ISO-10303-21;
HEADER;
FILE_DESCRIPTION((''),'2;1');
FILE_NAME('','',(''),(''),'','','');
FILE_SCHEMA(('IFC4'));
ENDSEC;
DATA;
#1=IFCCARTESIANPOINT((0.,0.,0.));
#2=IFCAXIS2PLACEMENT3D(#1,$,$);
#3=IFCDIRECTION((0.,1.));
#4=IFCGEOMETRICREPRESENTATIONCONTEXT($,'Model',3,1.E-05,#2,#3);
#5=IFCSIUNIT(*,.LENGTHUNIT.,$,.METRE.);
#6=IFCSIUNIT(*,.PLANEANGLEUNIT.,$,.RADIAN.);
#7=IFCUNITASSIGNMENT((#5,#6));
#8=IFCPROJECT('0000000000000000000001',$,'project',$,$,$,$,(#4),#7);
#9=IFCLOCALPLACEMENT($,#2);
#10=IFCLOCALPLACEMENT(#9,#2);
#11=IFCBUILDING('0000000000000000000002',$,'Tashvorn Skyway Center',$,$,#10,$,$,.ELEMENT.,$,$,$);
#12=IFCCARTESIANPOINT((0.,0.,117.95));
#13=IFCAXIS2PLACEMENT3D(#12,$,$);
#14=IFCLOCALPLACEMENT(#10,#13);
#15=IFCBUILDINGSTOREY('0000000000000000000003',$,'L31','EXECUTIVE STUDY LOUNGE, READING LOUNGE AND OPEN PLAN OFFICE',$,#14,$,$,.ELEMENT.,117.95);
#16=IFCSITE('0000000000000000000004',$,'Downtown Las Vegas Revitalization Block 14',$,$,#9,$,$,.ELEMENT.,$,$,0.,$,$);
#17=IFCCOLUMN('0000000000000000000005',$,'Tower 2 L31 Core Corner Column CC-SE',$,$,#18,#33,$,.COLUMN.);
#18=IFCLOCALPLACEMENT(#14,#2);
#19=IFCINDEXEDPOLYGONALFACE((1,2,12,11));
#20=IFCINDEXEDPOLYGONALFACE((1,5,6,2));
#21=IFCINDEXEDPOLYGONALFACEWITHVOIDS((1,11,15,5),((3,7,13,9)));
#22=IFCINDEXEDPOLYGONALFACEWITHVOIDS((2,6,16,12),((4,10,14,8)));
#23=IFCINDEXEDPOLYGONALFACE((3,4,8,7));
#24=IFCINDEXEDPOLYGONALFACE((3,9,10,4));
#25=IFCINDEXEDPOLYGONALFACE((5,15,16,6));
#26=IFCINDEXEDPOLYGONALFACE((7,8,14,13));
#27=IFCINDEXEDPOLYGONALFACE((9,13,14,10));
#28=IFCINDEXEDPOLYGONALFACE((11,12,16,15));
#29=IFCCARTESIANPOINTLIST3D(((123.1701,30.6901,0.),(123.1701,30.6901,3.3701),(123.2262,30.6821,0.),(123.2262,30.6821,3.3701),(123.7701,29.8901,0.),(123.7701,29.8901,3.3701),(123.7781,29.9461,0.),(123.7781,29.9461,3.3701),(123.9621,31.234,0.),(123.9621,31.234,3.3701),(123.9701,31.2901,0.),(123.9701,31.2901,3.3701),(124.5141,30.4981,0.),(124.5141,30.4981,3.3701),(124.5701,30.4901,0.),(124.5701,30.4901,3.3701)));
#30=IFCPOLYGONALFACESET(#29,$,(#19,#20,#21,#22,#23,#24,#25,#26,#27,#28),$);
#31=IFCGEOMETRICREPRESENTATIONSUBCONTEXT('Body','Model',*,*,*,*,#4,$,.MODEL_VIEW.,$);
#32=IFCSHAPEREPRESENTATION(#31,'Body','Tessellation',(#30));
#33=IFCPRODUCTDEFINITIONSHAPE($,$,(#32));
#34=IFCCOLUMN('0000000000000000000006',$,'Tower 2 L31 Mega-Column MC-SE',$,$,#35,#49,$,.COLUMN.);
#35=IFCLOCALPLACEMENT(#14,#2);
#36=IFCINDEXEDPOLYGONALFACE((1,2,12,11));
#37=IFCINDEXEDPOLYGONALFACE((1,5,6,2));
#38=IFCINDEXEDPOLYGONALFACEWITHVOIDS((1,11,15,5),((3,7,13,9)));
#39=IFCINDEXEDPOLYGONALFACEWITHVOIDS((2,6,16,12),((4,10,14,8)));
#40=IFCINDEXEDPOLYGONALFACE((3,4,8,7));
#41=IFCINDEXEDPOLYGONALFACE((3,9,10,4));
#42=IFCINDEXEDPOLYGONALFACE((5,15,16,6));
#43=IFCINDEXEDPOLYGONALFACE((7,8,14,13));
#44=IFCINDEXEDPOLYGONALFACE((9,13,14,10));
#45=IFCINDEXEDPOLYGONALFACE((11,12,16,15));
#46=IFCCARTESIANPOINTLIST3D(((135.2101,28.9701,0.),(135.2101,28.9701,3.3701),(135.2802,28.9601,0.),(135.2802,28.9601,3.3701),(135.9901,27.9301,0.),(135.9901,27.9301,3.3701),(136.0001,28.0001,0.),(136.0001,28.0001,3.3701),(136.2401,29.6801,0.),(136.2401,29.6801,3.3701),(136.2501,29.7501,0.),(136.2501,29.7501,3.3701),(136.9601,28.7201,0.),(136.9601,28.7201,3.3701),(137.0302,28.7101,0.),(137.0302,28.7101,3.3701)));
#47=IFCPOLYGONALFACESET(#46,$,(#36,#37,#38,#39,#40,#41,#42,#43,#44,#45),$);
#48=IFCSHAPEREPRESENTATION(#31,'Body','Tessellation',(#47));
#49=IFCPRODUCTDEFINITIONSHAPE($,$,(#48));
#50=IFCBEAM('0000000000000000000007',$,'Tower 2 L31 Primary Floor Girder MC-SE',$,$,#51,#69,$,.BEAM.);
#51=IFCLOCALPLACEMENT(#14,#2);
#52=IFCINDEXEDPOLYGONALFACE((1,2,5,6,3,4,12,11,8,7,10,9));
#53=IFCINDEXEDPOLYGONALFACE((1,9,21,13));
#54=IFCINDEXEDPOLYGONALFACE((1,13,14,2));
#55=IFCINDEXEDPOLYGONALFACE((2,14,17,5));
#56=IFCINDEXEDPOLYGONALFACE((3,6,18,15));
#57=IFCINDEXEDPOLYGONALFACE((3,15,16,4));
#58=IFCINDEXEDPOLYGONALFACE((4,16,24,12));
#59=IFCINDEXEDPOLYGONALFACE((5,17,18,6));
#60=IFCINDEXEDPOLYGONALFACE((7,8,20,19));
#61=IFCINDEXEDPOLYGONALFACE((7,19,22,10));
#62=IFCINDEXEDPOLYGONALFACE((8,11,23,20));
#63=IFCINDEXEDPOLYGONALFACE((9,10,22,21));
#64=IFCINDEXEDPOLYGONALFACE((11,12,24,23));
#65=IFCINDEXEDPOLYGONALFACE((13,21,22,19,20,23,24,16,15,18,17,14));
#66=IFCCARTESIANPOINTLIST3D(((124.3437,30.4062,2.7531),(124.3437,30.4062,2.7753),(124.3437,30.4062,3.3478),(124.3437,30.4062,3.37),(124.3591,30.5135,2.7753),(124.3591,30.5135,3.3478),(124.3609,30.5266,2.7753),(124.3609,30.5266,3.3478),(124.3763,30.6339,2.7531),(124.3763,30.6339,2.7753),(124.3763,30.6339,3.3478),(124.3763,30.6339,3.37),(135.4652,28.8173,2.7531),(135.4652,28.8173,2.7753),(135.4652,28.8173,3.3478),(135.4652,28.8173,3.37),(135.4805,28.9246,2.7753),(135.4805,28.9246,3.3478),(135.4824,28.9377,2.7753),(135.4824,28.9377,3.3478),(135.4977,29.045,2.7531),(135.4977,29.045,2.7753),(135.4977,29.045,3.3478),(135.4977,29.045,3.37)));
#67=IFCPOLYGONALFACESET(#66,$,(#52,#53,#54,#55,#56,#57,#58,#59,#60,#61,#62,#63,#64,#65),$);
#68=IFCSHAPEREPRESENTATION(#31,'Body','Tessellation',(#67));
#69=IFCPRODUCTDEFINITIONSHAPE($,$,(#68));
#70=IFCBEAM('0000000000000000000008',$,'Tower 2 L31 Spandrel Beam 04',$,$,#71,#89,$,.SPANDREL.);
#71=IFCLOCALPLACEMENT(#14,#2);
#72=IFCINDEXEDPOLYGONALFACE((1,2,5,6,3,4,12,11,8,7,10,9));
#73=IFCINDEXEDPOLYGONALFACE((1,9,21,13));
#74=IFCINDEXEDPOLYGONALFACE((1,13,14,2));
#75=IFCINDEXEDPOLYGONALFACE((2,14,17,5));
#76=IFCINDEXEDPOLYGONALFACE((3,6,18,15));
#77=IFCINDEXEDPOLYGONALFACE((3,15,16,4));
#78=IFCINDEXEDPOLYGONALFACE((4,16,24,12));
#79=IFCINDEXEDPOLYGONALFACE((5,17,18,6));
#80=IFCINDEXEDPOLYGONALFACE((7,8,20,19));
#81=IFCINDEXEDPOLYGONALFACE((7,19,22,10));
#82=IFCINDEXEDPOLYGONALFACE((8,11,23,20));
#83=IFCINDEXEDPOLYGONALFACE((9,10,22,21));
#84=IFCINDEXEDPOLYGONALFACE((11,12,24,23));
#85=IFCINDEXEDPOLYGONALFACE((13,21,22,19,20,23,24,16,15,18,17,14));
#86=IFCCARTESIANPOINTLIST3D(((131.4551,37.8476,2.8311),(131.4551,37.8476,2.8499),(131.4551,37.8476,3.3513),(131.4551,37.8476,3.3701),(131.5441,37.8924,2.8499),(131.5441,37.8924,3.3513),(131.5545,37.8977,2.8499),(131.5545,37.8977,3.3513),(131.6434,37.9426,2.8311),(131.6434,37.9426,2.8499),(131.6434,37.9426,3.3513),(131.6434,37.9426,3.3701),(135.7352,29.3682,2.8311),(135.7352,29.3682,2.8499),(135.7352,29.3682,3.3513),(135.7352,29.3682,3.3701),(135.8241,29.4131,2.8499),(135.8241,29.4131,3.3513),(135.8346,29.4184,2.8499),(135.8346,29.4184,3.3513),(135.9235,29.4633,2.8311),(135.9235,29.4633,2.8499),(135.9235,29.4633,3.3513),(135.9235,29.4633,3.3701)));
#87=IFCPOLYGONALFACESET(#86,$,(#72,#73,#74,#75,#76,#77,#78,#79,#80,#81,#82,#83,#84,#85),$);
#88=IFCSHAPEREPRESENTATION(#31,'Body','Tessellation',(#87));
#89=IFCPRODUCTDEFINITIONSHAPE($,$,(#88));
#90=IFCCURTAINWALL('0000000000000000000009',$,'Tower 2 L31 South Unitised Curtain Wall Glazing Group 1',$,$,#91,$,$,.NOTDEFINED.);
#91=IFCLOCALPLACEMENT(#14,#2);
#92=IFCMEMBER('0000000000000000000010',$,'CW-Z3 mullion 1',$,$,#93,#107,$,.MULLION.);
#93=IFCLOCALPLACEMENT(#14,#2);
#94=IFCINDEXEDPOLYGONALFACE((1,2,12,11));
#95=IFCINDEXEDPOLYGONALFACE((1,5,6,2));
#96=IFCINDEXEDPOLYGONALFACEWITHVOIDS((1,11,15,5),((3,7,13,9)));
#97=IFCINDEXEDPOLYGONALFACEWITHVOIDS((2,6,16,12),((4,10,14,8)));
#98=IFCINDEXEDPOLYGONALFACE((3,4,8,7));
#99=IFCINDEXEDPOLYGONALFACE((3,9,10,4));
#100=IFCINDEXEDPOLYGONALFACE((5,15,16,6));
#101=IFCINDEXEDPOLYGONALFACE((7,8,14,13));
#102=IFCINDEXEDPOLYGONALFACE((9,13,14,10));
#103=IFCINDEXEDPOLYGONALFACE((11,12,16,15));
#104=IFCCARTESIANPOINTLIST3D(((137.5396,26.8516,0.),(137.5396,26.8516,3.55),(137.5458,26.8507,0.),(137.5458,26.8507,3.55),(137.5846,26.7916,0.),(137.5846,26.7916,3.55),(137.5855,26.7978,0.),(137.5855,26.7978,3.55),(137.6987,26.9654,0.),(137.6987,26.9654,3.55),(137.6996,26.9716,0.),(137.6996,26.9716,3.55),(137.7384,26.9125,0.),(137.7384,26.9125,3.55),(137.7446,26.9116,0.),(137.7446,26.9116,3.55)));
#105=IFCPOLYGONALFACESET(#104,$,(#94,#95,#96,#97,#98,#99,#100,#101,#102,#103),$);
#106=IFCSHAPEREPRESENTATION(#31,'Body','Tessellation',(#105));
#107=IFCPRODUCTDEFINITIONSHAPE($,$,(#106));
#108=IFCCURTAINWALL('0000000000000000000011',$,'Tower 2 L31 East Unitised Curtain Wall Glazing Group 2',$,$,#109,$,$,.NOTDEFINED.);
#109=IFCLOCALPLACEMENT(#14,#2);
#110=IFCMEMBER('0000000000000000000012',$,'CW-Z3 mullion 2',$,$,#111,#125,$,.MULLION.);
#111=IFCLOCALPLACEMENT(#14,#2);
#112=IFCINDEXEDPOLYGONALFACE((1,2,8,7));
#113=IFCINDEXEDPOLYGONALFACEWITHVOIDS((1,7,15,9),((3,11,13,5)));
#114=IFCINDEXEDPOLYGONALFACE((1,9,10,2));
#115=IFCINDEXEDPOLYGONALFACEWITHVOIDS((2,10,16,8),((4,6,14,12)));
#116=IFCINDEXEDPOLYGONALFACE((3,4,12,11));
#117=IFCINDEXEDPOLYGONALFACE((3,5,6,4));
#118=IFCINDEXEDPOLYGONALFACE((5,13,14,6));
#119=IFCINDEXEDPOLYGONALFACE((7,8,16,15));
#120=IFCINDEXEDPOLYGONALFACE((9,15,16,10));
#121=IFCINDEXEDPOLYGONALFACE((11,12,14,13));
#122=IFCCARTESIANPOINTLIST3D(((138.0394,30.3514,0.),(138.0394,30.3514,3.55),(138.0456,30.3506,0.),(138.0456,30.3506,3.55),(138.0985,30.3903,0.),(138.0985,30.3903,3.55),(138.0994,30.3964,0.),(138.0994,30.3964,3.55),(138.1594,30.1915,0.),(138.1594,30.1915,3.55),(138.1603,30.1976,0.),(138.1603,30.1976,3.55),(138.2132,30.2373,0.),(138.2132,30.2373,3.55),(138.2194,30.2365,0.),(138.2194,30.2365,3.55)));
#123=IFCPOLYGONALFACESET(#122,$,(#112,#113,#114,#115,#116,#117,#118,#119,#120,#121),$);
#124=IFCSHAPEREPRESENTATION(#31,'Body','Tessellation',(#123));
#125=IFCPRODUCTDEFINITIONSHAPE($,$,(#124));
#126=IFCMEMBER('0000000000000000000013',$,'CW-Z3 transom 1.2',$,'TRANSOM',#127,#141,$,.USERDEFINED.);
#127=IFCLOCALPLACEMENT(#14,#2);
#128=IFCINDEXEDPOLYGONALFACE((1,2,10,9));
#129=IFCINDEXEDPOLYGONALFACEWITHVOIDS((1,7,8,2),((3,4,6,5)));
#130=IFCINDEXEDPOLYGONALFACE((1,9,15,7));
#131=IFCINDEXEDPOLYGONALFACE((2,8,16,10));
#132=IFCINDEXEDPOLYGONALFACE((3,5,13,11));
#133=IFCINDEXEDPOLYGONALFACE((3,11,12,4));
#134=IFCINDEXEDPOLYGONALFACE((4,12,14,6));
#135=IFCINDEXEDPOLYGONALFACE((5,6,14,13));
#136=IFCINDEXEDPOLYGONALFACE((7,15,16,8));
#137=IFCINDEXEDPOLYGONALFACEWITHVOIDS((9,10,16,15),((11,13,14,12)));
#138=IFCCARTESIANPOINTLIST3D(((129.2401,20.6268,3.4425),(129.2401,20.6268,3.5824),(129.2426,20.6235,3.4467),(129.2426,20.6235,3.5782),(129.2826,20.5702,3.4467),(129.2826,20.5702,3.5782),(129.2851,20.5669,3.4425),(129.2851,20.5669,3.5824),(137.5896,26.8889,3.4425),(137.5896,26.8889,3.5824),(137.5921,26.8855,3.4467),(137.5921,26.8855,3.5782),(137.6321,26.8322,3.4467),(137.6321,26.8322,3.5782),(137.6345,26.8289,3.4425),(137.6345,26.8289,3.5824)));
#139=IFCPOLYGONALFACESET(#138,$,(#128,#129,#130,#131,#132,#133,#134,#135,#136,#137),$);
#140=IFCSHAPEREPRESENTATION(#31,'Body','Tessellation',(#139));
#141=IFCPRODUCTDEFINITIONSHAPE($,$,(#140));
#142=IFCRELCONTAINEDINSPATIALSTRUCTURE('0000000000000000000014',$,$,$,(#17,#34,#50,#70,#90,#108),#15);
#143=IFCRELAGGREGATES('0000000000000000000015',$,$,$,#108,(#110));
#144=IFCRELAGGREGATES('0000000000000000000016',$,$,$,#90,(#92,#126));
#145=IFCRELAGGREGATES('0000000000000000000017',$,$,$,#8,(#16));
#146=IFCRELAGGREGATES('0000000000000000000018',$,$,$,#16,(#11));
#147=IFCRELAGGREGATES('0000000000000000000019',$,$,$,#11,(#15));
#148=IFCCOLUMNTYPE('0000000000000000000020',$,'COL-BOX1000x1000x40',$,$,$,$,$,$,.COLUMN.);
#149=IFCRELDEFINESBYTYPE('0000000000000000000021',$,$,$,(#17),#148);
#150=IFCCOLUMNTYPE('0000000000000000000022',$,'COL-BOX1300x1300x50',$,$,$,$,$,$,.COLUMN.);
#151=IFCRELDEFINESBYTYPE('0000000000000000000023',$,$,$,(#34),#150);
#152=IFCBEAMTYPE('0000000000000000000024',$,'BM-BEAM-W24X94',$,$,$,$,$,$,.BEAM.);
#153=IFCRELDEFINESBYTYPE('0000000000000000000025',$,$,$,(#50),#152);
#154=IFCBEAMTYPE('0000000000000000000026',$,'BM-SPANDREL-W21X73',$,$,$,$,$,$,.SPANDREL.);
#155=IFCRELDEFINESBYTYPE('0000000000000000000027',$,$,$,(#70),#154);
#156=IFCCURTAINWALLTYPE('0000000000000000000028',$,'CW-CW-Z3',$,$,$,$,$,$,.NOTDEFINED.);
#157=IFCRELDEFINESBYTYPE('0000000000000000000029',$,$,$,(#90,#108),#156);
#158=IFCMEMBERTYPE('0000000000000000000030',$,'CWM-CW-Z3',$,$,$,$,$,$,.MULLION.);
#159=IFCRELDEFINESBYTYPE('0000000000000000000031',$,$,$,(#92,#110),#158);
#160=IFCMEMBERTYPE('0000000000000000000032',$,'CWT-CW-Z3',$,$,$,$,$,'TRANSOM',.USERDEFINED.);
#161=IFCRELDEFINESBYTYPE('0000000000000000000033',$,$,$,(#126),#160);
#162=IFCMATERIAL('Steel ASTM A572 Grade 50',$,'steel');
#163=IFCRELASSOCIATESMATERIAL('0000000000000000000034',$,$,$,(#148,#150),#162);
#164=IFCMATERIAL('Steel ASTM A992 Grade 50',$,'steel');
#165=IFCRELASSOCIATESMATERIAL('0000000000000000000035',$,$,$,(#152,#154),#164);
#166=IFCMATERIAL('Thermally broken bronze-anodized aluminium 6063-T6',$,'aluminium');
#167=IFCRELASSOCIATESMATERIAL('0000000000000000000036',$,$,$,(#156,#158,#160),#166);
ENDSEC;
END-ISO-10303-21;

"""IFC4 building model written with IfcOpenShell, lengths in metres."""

from ifc_helpers import new_model, si_unit, direction, frame, origin, origin_2d, place, context, subcontext, project, spatial, hollow_rectangle, i_section, extrude, material, material_profile, profile_set, type_object, element, aggregate, save


model = new_model("IFC4")

# Units and contexts
model_context = context("Model", 3, precision=1e-05, world=origin(), true_north=direction((0.0, 1.0)))
body_context = subcontext(model_context, "Body", "Model", "MODEL_VIEW")
ifc_project = project(units=[si_unit("LENGTHUNIT", "METRE"), si_unit("PLANEANGLEUNIT", "RADIAN")], contexts=[model_context])

# Site, building, storey
site_placement = place(None, origin())
site = spatial("IfcSite", under=ifc_project, at=site_placement, Name="Downtown Las Vegas Revitalization Block 14", CompositionType="ELEMENT", RefElevation=0.0)
building_placement = place(site_placement, origin())
building = spatial("IfcBuilding", under=site, at=building_placement, Name="Tashvorn Skyway Center", CompositionType="ELEMENT")
storey_placement = place(building_placement, frame((0.0, 0.0, 117.95)))
storey = spatial("IfcBuildingStorey", under=building, at=storey_placement, Name="L31", Description="EXECUTIVE STUDY LOUNGE, READING LOUNGE AND OPEN PLAN OFFICE", CompositionType="ELEMENT", Elevation=117.95)

# Columns
ifc_material_1 = material(Name="Steel ASTM A572 Grade 50", Category="steel")
ifc_material_profile_1 = material_profile(ifc_material_1, hollow_rectangle(XDim=1.0, YDim=1.0, WallThickness=0.04, at=origin_2d()), Name="BOX1000x1000x40")
ifc_profile_set_1 = profile_set([ifc_material_profile_1], Name="Steel ASTM A572 Grade 50")
column_type_1 = type_object("IfcColumnType", Name="COL-BOX1000x1000x40", PredefinedType="COLUMN", material=ifc_profile_set_1)
column_1_placement = place(storey_placement, frame((123.8701, 30.5901, 0.0), z_axis=(0.0, 0.0, 1.0), x_axis=(0.8, 0.6, 0.0)))
element("IfcColumn", 1, at=column_1_placement, inside=storey, type_object=column_type_1, Name="Tower 2 L31 Core Corner Column CC-SE", PredefinedType="COLUMN", context=body_context, shape_type="SweptSolid", body=[
    extrude(hollow_rectangle(XDim=1.0, YDim=1.0, WallThickness=0.04, at=origin_2d()), origin(), (0.0, 0.0, 1.0), 3.3701),
])
ifc_material_profile_2 = material_profile(ifc_material_1, hollow_rectangle(XDim=1.3, YDim=1.3, WallThickness=0.05, at=origin_2d()), Name="BOX1300x1300x50")
ifc_profile_set_2 = profile_set([ifc_material_profile_2], Name="Steel ASTM A572 Grade 50")
column_type_2 = type_object("IfcColumnType", Name="COL-BOX1300x1300x50", PredefinedType="COLUMN", material=ifc_profile_set_2)
column_2_placement = place(storey_placement, frame((136.1201, 28.8401, 0.0), z_axis=(0.0, 0.0, 1.0), x_axis=(0.8, 0.6, 0.0)))
element("IfcColumn", 2, at=column_2_placement, inside=storey, type_object=column_type_2, Name="Tower 2 L31 Mega-Column MC-SE", PredefinedType="COLUMN", context=body_context, shape_type="SweptSolid", body=[
    extrude(hollow_rectangle(XDim=1.3, YDim=1.3, WallThickness=0.05, at=origin_2d()), origin(), (0.0, 0.0, 1.0), 3.3701),
])

# Beams
ifc_material_2 = material(Name="Steel ASTM A992 Grade 50", Category="steel")
ifc_material_profile_3 = material_profile(ifc_material_2, i_section(OverallWidth=0.23, OverallDepth=0.6169, WebThickness=0.0132, FlangeThickness=0.0222, at=origin_2d()), Name="W24X94")
ifc_profile_set_3 = profile_set([ifc_material_profile_3], Name="Steel ASTM A992 Grade 50")
beam_type_1 = type_object("IfcBeamType", Name="BM-BEAM-W24X94", PredefinedType="BEAM", material=ifc_profile_set_3)
beam_1_placement = place(storey_placement, frame((135.4814, 28.9312, 3.0615), z_axis=(-0.989948, 0.14143, 0.0), x_axis=(-0.14143, -0.989948, 0.0)))
element("IfcBeam", 3, at=beam_1_placement, inside=storey, type_object=beam_type_1, Name="Tower 2 L31 Primary Floor Girder MC-SE", PredefinedType="BEAM", context=body_context, shape_type="SweptSolid", body=[
    extrude(i_section(OverallWidth=0.23, OverallDepth=0.6169, WebThickness=0.0132, FlangeThickness=0.0222, at=origin_2d()), origin(), (0.0, 0.0, 1.0), 11.2344),
])
ifc_material_profile_4 = material_profile(ifc_material_2, i_section(OverallWidth=0.2109, OverallDepth=0.5391, WebThickness=0.0117, FlangeThickness=0.0188, at=origin_2d()), Name="W21X73")
ifc_profile_set_4 = profile_set([ifc_material_profile_4], Name="Steel ASTM A992 Grade 50")
beam_type_2 = type_object("IfcBeamType", Name="BM-SPANDREL-W21X73", PredefinedType="SPANDREL", material=ifc_profile_set_4)
beam_2_placement = place(storey_placement, frame((135.8293, 29.4158, 3.1006), z_axis=(-0.450614, 0.892719, 0.0), x_axis=(-0.892719, -0.450614, 0.0)))
element("IfcBeam", 4, at=beam_2_placement, inside=storey, type_object=beam_type_2, Name="Tower 2 L31 Spandrel Beam 04", PredefinedType="SPANDREL", context=body_context, shape_type="SweptSolid", body=[
    extrude(i_section(OverallWidth=0.2109, OverallDepth=0.5391, WebThickness=0.0117, FlangeThickness=0.0188, at=origin_2d()), origin(), (0.0, 0.0, 1.0), 9.4983),
])

# Curtain walls, members
ifc_material_3 = material(Name="Thermally broken bronze-anodized aluminium 6063-T6", Category="aluminium")
curtain_wall_type = type_object("IfcCurtainWallType", Name="CW-CW-Z3", PredefinedType="NOTDEFINED", material=ifc_material_3)
curtain_wall_1_placement = place(storey_placement, origin())
curtain_wall_1 = element("IfcCurtainWall", 5, at=curtain_wall_1_placement, inside=storey, type_object=curtain_wall_type, Name="Tower 2 L31 South Unitised Curtain Wall Glazing Group 1", PredefinedType="NOTDEFINED")
ifc_material_profile_5 = material_profile(ifc_material_3, hollow_rectangle(XDim=0.075, YDim=0.2, WallThickness=0.0044, at=origin_2d()), Name="ALU-MULL-75x200")
ifc_profile_set_5 = profile_set([ifc_material_profile_5], Name="Thermally broken bronze-anodized aluminium 6063-T6")
member_type_1 = type_object("IfcMemberType", Name="CWM-CW-Z3", PredefinedType="MULLION", material=ifc_profile_set_5)
member_1_placement = place(storey_placement, frame((137.6421, 26.8816, 0.0), z_axis=(0.0, 0.0, 1.0), x_axis=(0.600002, -0.799999, 0.0)))
member_1 = element("IfcMember", 6, at=member_1_placement, type_object=member_type_1, Name="CW-Z3 mullion 1", PredefinedType="MULLION", context=body_context, shape_type="SweptSolid", body=[
    extrude(hollow_rectangle(XDim=0.075, YDim=0.2, WallThickness=0.0044, at=origin_2d()), origin(), (0.0, 0.0, 1.0), 3.55),
])
curtain_wall_2_placement = place(storey_placement, origin())
curtain_wall_2 = element("IfcCurtainWall", 7, at=curtain_wall_2_placement, inside=storey, type_object=curtain_wall_type, Name="Tower 2 L31 East Unitised Curtain Wall Glazing Group 2", PredefinedType="NOTDEFINED")
member_2_placement = place(storey_placement, frame((138.1294, 30.2939, 0.0), z_axis=(0.0, 0.0, 1.0), x_axis=(0.799999, 0.600002, 0.0)))
member_2 = element("IfcMember", 8, at=member_2_placement, type_object=member_type_1, Name="CW-Z3 mullion 2", PredefinedType="MULLION", context=body_context, shape_type="SweptSolid", body=[
    extrude(hollow_rectangle(XDim=0.075, YDim=0.2, WallThickness=0.0044, at=origin_2d()), origin(), (0.0, 0.0, 1.0), 3.55),
])
aggregate(curtain_wall_2, [member_2])

# Member
ifc_material_profile_6 = material_profile(ifc_material_3, hollow_rectangle(XDim=0.075, YDim=0.1399, WallThickness=0.0042, at=origin_2d()), Name="ALU-TRAN-75x140")
ifc_profile_set_6 = profile_set([ifc_material_profile_6], Name="Thermally broken bronze-anodized aluminium 6063-T6")
member_type_2 = type_object("IfcMemberType", Name="CWT-CW-Z3", ElementType="TRANSOM", PredefinedType="USERDEFINED", material=ifc_profile_set_6)
member_3_placement = place(storey_placement, frame((137.6121, 26.8589, 3.5125), z_axis=(-0.800003, -0.599996, 0.0), x_axis=(0.599996, -0.800003, 0.0)))
member_3 = element("IfcMember", 9, at=member_3_placement, type_object=member_type_2, Name="CW-Z3 transom 1.2", ObjectType="TRANSOM", PredefinedType="USERDEFINED", context=body_context, shape_type="SweptSolid", body=[
    extrude(hollow_rectangle(XDim=0.075, YDim=0.1399, WallThickness=0.0042, at=origin_2d()), origin(), (0.0, 0.0, 1.0), 10.4368),
])
aggregate(curtain_wall_1, [member_1, member_3])

save(model, "model.ifc")
